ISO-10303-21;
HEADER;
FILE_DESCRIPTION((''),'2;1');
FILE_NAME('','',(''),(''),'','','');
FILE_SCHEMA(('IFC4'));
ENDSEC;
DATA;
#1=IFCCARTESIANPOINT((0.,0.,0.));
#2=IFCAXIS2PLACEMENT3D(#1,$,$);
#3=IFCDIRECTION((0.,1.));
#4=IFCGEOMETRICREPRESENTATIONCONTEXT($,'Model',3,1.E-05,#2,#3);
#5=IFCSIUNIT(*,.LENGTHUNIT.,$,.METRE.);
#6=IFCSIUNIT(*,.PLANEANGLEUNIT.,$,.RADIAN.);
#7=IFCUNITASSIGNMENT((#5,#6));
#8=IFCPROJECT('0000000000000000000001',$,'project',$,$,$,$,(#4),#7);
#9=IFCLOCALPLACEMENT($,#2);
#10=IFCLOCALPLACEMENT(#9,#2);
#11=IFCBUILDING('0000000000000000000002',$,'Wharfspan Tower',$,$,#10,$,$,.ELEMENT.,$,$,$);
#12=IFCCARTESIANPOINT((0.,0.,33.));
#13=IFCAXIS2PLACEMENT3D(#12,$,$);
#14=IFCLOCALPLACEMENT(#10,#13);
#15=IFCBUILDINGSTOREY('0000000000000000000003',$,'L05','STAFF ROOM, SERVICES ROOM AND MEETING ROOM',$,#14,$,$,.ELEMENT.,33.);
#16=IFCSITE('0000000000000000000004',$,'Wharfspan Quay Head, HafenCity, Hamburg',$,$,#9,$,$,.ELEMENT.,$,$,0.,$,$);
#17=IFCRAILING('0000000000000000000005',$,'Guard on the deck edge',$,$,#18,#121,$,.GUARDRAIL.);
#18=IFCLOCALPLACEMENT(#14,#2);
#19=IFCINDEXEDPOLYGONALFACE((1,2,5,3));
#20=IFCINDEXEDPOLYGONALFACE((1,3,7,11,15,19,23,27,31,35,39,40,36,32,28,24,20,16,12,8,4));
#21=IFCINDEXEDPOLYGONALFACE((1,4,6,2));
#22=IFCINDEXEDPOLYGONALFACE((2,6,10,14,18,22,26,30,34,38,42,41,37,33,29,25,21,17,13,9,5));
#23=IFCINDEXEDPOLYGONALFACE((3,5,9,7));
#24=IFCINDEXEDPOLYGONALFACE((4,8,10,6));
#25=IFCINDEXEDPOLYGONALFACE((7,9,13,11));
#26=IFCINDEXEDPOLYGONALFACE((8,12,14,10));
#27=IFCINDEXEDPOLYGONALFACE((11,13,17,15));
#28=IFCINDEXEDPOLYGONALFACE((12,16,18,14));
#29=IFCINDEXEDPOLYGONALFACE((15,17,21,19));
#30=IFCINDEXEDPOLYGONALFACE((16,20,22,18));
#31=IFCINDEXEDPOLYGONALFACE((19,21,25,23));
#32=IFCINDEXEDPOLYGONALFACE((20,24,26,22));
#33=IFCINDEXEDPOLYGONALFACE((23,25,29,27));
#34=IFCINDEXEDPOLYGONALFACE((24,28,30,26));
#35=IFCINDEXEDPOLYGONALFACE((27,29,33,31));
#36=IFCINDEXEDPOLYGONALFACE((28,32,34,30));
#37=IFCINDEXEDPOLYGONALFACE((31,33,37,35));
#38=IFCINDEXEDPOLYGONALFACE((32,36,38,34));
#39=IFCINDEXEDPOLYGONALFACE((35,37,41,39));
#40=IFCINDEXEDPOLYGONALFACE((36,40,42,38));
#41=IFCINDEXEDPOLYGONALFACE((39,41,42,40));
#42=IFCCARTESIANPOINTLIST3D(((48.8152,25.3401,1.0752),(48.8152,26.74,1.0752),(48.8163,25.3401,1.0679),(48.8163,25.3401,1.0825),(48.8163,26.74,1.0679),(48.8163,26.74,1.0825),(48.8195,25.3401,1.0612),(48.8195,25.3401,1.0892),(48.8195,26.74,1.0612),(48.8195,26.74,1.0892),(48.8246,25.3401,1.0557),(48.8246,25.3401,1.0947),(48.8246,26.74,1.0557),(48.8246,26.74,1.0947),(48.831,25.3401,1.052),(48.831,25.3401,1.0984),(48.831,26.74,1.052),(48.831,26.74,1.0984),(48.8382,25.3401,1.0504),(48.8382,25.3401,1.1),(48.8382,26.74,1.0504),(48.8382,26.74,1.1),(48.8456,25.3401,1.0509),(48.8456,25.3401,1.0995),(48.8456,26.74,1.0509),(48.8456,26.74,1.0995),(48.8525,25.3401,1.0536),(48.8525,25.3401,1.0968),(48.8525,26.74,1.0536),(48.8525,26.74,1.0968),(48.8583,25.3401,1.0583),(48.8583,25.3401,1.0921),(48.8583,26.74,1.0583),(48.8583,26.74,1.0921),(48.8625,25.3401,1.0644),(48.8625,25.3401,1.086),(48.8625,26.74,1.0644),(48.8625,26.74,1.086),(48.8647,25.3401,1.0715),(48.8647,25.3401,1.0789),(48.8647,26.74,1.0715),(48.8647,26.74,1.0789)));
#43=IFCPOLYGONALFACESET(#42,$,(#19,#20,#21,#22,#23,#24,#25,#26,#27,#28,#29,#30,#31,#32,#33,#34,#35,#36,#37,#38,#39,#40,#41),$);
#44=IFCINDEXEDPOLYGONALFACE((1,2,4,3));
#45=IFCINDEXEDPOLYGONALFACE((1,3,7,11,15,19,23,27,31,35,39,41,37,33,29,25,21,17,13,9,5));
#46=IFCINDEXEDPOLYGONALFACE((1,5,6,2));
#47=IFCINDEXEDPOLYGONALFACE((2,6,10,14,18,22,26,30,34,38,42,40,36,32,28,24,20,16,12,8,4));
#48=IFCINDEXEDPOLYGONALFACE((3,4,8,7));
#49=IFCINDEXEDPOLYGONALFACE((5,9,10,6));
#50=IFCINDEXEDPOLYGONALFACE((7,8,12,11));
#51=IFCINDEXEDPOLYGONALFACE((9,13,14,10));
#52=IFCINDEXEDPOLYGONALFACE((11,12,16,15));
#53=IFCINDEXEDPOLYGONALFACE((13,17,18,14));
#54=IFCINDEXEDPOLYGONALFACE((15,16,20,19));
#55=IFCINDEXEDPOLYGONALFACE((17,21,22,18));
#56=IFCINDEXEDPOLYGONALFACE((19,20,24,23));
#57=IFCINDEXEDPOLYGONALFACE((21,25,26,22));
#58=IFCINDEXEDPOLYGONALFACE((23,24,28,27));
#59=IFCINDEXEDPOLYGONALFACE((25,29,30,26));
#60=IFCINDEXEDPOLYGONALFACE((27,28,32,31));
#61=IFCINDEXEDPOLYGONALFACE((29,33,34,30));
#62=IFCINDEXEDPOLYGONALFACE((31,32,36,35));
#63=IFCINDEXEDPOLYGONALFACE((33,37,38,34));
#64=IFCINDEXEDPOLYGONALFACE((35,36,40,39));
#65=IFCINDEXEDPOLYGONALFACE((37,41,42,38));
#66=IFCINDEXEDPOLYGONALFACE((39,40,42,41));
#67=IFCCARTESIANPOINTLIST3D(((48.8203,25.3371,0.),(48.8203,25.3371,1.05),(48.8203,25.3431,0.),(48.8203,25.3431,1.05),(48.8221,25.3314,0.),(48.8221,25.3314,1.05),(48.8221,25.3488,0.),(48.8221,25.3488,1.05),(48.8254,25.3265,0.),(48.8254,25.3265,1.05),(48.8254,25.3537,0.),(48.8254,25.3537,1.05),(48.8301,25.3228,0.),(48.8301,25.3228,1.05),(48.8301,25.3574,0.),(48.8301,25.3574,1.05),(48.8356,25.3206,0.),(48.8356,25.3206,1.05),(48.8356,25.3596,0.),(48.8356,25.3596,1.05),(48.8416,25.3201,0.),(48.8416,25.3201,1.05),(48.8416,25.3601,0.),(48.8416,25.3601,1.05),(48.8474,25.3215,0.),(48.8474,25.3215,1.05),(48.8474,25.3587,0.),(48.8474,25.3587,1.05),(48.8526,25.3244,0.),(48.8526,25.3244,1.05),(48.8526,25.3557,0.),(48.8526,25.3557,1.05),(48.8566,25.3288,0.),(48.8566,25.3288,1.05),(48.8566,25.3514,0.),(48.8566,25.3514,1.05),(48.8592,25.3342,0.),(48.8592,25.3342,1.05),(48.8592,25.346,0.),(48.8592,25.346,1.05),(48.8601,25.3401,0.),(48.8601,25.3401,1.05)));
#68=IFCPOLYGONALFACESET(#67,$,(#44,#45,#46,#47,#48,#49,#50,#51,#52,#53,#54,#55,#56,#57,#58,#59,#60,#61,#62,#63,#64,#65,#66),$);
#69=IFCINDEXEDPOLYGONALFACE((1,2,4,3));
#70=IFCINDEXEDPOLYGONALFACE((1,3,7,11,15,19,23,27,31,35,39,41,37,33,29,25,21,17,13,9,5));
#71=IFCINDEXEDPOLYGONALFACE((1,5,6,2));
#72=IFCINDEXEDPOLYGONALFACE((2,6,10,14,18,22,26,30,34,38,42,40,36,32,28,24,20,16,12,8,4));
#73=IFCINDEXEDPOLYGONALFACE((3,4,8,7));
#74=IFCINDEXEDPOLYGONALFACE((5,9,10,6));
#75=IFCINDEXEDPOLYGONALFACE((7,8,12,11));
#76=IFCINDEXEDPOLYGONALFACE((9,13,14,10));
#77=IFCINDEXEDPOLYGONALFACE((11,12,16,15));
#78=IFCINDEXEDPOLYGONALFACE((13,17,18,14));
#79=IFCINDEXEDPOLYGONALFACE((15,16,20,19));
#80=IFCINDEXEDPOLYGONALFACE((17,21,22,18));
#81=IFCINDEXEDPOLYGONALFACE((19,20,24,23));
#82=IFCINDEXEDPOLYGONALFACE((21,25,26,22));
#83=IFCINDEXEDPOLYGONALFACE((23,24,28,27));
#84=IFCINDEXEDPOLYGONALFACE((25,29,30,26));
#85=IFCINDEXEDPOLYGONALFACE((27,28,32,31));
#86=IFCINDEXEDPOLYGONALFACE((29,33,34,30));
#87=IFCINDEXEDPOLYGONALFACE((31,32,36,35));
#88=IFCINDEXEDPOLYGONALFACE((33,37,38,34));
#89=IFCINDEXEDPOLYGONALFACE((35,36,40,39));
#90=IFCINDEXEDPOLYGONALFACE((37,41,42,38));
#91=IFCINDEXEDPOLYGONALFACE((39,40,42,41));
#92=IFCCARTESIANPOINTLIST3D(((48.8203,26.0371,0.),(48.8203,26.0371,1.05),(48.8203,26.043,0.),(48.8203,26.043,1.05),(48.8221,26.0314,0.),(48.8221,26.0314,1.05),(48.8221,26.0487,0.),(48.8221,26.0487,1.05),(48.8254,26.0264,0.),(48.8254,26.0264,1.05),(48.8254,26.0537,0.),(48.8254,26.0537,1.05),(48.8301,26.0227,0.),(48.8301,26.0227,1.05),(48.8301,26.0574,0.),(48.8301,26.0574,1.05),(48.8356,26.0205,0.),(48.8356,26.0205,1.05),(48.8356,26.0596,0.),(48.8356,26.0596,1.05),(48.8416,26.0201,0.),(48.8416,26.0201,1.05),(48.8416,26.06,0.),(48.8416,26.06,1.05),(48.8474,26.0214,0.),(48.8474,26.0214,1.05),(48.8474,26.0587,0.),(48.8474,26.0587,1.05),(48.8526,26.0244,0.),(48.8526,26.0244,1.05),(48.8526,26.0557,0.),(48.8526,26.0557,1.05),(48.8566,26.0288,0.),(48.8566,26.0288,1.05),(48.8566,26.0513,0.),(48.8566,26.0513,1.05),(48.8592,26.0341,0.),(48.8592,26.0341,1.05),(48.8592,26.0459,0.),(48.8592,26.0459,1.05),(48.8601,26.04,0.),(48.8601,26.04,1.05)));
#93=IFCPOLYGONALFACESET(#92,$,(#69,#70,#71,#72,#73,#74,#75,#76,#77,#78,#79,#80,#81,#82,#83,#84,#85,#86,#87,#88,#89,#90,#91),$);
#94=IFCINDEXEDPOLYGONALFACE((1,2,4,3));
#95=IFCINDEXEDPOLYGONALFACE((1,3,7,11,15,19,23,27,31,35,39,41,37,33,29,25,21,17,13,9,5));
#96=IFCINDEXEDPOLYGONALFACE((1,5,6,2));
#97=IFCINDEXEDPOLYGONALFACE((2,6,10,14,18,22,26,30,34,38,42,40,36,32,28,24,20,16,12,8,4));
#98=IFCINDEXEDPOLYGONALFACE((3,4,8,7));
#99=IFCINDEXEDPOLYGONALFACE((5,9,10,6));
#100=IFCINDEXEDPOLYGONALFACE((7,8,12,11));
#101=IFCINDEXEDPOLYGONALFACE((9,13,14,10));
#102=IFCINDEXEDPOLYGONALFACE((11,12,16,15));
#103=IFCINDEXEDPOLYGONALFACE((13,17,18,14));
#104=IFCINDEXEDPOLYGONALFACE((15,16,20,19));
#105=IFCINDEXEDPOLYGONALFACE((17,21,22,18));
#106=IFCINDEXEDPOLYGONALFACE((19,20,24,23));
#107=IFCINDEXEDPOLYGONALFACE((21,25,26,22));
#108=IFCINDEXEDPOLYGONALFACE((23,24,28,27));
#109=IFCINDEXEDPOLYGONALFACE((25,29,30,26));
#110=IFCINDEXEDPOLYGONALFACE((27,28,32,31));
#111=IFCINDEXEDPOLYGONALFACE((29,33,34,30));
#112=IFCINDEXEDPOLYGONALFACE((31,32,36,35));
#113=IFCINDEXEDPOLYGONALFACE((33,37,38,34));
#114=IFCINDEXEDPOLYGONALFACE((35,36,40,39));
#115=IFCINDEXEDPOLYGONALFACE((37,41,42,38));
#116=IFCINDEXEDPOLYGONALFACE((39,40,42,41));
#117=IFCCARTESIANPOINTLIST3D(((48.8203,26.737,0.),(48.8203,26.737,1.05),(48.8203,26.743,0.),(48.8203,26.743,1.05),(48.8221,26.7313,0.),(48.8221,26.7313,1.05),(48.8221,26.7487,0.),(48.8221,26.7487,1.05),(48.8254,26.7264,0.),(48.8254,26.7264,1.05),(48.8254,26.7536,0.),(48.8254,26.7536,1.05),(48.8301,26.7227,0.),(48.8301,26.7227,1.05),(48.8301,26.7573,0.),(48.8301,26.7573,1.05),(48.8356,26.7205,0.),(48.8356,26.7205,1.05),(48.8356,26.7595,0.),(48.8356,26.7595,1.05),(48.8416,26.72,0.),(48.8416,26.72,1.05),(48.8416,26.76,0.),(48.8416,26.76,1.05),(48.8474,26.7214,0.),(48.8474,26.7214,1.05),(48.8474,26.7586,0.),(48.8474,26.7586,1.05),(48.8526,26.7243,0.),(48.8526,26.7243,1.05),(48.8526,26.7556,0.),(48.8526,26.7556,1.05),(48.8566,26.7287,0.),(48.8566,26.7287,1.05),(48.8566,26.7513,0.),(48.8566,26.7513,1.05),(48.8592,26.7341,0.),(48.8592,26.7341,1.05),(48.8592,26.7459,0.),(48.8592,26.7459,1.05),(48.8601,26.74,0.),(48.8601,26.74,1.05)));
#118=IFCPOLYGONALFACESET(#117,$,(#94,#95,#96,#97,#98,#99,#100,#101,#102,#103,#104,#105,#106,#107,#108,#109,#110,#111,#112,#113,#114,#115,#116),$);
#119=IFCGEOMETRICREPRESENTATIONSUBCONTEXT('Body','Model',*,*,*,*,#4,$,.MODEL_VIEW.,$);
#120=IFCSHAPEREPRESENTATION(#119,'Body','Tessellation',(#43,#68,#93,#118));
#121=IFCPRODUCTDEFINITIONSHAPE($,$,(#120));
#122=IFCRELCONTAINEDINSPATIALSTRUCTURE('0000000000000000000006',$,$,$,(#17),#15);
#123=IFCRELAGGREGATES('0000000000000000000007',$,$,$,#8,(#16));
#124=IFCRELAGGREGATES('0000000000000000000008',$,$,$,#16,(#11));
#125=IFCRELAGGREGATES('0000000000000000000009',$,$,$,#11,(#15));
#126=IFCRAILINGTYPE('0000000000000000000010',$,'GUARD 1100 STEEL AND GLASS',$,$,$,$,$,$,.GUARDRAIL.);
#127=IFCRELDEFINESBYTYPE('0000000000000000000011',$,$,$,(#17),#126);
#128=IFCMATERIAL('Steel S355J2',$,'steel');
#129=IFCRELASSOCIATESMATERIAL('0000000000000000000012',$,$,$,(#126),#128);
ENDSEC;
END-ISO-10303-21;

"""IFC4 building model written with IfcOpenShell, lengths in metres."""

from ifc_helpers import new_model, si_unit, direction, frame, origin, origin_2d, place, context, subcontext, project, spatial, circle, extrude, material, type_object, element, save


model = new_model("IFC4")

# Units and contexts
model_context = context("Model", 3, precision=1e-05, world=origin(), true_north=direction((0.0, 1.0)))
body_context = subcontext(model_context, "Body", "Model", "MODEL_VIEW")
ifc_project = project(units=[si_unit("LENGTHUNIT", "METRE"), si_unit("PLANEANGLEUNIT", "RADIAN")], contexts=[model_context])

# Site, building, storey
site_placement = place(None, origin())
site = spatial("IfcSite", under=ifc_project, at=site_placement, Name="Wharfspan Quay Head, HafenCity, Hamburg", CompositionType="ELEMENT", RefElevation=0.0)
building_placement = place(site_placement, origin())
building = spatial("IfcBuilding", under=site, at=building_placement, Name="Wharfspan Tower", CompositionType="ELEMENT")
storey_placement = place(building_placement, frame((0.0, 0.0, 33.0)))
storey = spatial("IfcBuildingStorey", under=building, at=storey_placement, Name="L05", Description="STAFF ROOM, SERVICES ROOM AND MEETING ROOM", CompositionType="ELEMENT", Elevation=33.0)

# Railing
ifc_material_1 = material(Name="Steel S355J2", Category="steel")
railing_type = type_object("IfcRailingType", Name="GUARD 1100 STEEL AND GLASS", PredefinedType="GUARDRAIL", material=ifc_material_1)
railing_1_placement = place(storey_placement, frame((48.8401, 25.3401, 0.0)))
element("IfcRailing", 1, at=railing_1_placement, inside=storey, type_object=railing_type, Name="Guard on the deck edge", PredefinedType="GUARDRAIL", context=body_context, shape_type="SweptSolid", body=[
    extrude(circle(Radius=0.0249, at=origin_2d()), frame((0.0, 0.0, 1.0752), z_axis=(0.0, 1.0, 0.0), x_axis=(-1.0, 0.0, 0.0)), (0.0, 0.0, 1.0), 1.3999),
    extrude(circle(Radius=0.02, at=origin_2d()), origin(), (0.0, 0.0, 1.0), 1.05),
    extrude(circle(Radius=0.02, at=origin_2d()), frame((0.0, 0.7, 0.0)), (0.0, 0.0, 1.0), 1.05),
    extrude(circle(Radius=0.02, at=origin_2d()), frame((0.0, 1.3999, 0.0)), (0.0, 0.0, 1.0), 1.05),
])

save(model, "model.ifc")
